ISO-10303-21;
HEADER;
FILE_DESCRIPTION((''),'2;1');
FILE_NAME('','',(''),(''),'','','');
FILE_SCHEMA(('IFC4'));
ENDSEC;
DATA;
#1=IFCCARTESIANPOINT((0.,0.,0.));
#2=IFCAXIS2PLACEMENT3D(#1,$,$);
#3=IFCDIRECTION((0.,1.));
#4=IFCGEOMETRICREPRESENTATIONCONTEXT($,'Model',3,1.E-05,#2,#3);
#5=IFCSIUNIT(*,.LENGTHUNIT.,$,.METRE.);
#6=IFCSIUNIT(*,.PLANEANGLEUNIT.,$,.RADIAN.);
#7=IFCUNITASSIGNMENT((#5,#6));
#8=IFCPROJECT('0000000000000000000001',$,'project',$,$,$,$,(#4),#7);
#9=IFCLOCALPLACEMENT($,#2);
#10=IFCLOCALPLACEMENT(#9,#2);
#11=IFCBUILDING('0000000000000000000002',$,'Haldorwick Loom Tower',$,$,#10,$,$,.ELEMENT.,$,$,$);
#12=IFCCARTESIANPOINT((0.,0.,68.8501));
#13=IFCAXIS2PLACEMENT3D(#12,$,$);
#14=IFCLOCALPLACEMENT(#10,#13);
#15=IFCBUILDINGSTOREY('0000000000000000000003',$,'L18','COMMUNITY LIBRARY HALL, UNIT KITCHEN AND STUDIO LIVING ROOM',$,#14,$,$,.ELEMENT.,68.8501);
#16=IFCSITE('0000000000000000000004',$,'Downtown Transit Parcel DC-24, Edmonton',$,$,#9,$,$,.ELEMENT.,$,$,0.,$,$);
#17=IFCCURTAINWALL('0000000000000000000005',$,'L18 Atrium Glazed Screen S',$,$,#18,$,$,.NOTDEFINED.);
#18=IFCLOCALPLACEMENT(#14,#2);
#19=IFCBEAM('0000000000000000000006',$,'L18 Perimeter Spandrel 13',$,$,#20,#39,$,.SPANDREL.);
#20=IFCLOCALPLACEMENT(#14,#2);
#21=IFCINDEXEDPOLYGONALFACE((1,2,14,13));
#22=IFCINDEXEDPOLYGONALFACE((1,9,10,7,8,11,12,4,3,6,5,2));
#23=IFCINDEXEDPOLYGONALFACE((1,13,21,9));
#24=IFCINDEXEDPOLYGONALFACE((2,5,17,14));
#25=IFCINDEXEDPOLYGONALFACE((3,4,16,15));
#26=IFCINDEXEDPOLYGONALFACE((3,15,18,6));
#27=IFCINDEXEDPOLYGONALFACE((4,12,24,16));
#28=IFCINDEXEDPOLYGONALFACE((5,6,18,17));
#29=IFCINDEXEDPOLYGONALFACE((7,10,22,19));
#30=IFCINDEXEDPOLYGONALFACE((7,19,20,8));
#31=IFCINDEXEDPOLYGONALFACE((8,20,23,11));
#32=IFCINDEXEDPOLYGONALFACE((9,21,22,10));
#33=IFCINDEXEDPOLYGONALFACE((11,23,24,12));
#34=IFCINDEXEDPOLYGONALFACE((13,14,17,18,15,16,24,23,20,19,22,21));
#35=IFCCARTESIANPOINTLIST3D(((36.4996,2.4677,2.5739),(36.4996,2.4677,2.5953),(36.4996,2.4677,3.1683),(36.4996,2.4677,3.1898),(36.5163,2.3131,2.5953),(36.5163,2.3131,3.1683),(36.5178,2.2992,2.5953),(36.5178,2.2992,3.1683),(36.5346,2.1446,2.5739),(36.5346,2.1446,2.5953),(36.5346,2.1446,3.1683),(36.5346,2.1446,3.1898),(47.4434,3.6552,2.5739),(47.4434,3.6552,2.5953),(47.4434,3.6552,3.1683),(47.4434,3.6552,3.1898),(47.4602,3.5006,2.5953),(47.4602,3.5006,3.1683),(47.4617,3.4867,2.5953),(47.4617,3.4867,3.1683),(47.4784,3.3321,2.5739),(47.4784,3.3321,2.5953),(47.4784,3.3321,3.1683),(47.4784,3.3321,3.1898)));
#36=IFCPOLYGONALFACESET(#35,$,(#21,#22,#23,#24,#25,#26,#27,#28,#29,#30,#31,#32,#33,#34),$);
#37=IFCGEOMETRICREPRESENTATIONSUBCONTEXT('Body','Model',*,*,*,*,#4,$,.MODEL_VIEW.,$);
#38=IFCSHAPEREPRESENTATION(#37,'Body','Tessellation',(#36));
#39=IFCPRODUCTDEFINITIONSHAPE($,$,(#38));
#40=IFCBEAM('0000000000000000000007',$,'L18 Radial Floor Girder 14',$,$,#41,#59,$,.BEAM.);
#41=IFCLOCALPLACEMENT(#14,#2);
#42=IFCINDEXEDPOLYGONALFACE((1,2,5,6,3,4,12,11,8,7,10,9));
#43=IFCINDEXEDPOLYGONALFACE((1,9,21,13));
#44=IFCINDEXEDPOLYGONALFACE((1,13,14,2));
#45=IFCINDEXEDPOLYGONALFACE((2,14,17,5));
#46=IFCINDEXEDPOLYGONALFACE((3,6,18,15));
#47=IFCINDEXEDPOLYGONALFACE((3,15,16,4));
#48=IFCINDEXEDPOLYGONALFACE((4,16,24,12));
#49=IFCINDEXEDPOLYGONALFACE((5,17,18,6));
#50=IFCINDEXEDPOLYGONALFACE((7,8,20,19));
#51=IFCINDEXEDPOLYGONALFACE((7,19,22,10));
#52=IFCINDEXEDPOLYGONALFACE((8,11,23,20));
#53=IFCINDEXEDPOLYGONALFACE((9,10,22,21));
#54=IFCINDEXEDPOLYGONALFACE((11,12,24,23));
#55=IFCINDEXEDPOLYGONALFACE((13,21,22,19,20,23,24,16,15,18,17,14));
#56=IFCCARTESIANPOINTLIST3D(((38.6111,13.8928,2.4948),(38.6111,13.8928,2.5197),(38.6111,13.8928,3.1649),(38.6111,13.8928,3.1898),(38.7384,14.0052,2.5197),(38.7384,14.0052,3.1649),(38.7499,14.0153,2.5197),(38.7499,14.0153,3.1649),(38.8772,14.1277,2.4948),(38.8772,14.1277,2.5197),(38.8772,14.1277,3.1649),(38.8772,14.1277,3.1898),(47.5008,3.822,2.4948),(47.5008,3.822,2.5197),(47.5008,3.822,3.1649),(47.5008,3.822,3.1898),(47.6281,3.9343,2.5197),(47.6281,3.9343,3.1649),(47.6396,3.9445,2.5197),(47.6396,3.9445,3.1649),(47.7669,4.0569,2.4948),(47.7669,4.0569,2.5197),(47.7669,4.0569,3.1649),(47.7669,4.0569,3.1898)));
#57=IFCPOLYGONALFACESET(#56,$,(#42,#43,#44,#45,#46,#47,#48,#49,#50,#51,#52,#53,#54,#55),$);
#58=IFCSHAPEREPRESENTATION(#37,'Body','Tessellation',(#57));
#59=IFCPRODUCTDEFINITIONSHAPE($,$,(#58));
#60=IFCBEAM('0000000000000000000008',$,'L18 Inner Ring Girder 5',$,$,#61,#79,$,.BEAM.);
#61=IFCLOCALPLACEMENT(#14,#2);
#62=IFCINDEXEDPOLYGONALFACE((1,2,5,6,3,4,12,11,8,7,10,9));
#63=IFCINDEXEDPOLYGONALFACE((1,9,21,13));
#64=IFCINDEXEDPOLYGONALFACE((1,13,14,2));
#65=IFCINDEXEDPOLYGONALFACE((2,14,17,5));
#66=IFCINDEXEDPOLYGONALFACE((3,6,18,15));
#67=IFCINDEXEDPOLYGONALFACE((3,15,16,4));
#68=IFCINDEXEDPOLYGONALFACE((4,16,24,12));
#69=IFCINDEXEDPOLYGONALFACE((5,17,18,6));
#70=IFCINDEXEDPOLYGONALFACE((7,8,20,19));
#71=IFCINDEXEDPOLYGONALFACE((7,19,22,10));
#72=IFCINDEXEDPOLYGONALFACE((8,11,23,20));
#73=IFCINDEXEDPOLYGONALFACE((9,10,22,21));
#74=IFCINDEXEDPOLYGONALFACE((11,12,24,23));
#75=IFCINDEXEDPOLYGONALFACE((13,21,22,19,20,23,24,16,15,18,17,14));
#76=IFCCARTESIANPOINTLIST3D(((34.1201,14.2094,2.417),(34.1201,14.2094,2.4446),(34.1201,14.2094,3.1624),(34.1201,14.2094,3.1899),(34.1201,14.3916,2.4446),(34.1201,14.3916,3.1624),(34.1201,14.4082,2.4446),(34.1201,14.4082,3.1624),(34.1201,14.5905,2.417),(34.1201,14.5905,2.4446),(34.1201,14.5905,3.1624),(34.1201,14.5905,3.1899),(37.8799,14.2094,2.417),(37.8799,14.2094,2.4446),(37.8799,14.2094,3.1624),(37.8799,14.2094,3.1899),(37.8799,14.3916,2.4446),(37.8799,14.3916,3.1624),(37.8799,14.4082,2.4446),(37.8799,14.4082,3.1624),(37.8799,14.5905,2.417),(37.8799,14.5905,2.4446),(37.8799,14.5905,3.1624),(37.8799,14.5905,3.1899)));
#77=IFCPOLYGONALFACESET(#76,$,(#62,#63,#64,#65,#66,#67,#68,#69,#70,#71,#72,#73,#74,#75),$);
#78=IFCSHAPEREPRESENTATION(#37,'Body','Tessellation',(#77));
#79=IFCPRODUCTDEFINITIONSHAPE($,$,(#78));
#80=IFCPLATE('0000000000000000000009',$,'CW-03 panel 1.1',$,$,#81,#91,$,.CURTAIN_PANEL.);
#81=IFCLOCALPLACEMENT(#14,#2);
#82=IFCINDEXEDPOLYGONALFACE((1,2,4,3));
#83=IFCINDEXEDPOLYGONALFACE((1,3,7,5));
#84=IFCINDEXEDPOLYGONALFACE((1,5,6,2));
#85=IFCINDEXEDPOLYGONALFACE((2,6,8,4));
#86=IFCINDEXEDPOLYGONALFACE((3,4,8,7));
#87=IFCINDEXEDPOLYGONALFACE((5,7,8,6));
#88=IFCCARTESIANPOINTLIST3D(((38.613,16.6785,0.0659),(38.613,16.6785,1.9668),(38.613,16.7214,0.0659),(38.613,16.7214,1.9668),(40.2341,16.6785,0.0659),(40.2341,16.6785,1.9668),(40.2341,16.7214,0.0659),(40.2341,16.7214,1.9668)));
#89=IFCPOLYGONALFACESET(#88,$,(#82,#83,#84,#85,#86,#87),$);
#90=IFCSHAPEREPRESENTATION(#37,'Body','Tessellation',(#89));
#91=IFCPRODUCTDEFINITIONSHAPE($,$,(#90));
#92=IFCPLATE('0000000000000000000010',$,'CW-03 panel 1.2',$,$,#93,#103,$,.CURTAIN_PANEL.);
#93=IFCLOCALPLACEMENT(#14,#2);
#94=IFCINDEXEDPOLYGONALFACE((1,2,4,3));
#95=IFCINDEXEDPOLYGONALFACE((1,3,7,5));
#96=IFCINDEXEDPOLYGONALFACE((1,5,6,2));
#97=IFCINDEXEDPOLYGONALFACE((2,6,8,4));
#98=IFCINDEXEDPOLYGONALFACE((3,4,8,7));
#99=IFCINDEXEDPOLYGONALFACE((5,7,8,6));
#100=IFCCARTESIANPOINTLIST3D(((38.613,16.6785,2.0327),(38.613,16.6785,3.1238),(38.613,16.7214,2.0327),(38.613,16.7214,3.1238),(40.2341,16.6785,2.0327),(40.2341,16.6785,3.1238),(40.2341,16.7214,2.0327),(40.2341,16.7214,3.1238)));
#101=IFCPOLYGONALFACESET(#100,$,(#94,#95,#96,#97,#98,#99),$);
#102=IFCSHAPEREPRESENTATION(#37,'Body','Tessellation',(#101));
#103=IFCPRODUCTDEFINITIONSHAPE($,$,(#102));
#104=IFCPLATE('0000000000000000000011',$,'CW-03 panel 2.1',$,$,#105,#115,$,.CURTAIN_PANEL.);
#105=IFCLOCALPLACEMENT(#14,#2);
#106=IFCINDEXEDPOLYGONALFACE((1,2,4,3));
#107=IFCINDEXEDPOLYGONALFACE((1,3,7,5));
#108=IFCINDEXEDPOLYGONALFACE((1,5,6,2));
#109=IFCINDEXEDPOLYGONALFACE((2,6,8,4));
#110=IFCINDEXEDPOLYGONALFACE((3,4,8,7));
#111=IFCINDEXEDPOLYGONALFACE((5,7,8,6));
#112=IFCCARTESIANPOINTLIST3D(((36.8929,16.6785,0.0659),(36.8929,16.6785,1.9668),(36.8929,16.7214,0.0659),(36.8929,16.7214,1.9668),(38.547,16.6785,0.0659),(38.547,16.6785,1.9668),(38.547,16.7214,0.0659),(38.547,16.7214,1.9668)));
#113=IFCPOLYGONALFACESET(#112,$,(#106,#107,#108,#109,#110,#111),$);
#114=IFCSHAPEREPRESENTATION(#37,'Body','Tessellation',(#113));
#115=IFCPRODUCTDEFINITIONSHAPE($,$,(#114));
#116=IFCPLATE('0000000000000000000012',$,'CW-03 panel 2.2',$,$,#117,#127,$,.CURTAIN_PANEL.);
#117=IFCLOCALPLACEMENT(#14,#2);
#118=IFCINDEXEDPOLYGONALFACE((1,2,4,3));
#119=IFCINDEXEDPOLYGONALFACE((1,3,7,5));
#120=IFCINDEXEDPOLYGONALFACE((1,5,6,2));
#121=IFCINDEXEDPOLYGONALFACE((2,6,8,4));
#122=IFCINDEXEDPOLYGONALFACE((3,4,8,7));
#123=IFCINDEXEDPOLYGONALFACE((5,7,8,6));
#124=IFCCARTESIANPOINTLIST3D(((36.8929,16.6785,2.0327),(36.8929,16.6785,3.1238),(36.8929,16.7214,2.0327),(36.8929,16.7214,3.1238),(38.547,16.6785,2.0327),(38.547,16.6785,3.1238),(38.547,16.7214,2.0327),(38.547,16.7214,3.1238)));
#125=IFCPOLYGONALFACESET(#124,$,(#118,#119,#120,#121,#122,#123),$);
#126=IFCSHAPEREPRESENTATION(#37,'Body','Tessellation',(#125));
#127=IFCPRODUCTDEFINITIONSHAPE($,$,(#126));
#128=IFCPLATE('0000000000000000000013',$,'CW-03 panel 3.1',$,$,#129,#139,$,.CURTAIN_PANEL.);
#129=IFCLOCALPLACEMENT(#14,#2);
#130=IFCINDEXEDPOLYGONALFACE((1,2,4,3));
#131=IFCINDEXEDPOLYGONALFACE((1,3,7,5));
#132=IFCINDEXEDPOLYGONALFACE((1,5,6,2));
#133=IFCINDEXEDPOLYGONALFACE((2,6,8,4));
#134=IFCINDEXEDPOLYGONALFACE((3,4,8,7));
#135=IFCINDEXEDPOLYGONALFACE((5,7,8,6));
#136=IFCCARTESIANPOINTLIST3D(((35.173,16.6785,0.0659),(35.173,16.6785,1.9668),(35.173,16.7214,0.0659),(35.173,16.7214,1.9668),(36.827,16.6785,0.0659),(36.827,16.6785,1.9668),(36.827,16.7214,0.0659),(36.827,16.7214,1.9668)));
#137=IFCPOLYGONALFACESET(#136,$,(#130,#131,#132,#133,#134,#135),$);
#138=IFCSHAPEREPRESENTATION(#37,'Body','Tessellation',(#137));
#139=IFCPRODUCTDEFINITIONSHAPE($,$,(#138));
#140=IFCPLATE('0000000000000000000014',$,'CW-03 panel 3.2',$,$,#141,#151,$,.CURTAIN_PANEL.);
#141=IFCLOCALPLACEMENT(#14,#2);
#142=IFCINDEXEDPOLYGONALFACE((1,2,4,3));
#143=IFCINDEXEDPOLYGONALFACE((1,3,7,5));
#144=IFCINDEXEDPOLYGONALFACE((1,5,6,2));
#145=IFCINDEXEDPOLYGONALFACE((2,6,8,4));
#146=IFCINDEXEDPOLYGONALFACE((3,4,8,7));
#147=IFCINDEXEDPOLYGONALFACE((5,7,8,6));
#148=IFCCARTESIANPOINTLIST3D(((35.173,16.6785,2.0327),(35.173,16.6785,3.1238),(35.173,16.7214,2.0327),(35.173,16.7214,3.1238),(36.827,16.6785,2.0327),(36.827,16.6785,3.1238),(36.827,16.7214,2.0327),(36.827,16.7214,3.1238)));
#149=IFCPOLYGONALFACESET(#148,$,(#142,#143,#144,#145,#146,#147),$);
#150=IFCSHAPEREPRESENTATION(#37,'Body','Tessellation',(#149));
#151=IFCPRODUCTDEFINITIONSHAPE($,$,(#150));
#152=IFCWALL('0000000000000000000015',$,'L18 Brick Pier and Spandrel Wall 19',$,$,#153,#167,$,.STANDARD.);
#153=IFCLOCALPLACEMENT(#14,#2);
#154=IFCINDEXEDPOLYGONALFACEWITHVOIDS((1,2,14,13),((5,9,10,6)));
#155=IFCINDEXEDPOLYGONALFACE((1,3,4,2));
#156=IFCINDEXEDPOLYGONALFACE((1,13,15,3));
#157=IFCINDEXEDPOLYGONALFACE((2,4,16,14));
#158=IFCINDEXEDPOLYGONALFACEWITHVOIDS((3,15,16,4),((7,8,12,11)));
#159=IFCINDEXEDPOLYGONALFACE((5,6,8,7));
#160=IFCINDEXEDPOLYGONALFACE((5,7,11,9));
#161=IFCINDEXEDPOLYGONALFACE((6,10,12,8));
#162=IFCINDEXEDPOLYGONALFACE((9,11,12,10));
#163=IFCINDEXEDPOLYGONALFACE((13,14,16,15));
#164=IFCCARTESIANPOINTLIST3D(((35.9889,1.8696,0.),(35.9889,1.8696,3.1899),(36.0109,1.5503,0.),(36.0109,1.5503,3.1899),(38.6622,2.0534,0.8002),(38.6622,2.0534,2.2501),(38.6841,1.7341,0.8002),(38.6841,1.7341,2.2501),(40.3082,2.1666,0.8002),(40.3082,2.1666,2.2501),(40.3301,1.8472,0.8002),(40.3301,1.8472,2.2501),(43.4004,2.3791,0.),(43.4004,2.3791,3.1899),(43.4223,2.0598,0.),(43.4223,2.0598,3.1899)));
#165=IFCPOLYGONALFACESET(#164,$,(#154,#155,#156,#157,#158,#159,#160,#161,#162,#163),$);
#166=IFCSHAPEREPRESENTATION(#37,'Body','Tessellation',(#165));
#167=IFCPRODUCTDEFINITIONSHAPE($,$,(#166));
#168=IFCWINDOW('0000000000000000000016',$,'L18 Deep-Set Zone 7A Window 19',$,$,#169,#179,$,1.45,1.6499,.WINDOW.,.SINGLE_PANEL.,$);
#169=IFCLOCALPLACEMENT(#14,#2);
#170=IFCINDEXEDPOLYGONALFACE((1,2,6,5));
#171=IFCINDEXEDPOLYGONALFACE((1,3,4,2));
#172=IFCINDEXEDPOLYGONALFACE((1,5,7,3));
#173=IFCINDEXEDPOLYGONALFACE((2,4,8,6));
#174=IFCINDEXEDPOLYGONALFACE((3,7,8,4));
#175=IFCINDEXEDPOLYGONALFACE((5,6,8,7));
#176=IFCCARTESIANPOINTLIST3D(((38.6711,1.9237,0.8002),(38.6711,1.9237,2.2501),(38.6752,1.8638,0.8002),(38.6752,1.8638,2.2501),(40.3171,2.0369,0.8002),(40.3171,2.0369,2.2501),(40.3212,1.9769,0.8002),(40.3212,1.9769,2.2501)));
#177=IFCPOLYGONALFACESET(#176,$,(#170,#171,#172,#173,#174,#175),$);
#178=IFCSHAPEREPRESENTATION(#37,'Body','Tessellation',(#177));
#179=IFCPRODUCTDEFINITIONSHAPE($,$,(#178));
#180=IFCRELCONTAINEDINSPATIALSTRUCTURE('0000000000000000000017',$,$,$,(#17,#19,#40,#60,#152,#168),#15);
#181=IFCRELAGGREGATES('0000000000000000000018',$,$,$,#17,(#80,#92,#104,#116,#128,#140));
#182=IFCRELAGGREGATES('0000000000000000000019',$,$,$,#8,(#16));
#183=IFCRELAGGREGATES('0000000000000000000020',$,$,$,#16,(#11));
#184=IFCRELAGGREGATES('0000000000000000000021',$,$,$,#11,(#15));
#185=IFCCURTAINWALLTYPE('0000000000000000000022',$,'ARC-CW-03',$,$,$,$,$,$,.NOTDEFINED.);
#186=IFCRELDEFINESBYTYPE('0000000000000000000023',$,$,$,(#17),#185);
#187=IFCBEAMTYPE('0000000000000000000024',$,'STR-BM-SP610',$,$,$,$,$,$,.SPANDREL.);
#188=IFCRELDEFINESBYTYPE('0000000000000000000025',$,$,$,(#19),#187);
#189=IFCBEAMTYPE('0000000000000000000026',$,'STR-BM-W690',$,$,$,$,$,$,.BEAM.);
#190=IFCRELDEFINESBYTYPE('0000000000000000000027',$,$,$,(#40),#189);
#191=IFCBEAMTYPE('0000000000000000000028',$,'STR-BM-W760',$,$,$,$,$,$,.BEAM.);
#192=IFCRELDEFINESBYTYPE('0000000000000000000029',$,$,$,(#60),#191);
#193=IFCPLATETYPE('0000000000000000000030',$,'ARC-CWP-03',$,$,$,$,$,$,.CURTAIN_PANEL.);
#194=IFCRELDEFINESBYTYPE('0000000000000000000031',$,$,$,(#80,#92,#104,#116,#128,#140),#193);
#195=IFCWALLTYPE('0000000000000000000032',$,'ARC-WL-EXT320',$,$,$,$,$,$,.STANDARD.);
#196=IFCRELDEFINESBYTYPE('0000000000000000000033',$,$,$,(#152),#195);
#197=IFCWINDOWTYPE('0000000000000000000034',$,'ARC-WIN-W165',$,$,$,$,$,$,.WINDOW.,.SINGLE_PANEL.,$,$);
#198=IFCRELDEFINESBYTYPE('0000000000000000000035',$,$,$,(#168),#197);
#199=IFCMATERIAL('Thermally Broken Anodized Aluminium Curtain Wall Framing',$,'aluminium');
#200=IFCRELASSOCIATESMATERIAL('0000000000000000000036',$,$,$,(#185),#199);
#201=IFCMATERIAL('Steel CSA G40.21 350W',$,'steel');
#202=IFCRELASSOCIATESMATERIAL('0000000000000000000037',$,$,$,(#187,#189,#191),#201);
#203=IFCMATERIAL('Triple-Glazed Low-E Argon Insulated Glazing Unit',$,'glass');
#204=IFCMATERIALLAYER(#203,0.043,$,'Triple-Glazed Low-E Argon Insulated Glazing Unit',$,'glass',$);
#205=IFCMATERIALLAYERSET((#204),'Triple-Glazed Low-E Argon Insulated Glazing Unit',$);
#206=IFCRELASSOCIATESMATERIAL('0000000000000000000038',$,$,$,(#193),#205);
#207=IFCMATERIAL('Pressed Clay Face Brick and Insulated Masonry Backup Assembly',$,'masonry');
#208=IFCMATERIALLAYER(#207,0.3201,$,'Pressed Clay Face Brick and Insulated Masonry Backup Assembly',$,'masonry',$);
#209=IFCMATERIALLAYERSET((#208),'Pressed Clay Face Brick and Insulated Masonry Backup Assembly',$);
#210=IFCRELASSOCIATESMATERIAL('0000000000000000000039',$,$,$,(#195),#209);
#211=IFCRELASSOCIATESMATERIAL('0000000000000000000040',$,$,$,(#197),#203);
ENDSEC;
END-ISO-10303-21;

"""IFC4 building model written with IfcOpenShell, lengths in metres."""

from ifc_helpers import new_model, si_unit, direction, frame, frame_2d, origin, origin_2d, place, context, subcontext, project, spatial, rectangle, i_section, extrude, material, layer, layer_set, material_profile, profile_set, type_object, element, fill, aggregate, save


model = new_model("IFC4")

# Units and contexts
model_context = context("Model", 3, precision=1e-05, world=origin(), true_north=direction((0.0, 1.0)))
body_context = subcontext(model_context, "Body", "Model", "MODEL_VIEW")
ifc_project = project(units=[si_unit("LENGTHUNIT", "METRE"), si_unit("PLANEANGLEUNIT", "RADIAN")], contexts=[model_context])

# Site, building, storey
site_placement = place(None, origin())
site = spatial("IfcSite", under=ifc_project, at=site_placement, Name="Downtown Transit Parcel DC-24, Edmonton", CompositionType="ELEMENT", RefElevation=0.0)
building_placement = place(site_placement, origin())
building = spatial("IfcBuilding", under=site, at=building_placement, Name="Haldorwick Loom Tower", CompositionType="ELEMENT")
storey_placement = place(building_placement, frame((0.0, 0.0, 68.8501)))
storey = spatial("IfcBuildingStorey", under=building, at=storey_placement, Name="L18", Description="COMMUNITY LIBRARY HALL, UNIT KITCHEN AND STUDIO LIVING ROOM", CompositionType="ELEMENT", Elevation=68.8501)

# Curtain wall
ifc_material_1 = material(Name="Thermally Broken Anodized Aluminium Curtain Wall Framing", Category="aluminium")
curtain_wall_type = type_object("IfcCurtainWallType", Name="ARC-CW-03", PredefinedType="NOTDEFINED", material=ifc_material_1)
curtain_wall_placement = place(storey_placement, origin())
curtain_wall = element("IfcCurtainWall", 1, at=curtain_wall_placement, inside=storey, type_object=curtain_wall_type, Name="L18 Atrium Glazed Screen S", PredefinedType="NOTDEFINED")

# Beams
ifc_material_2 = material(Name="Steel CSA G40.21 350W", Category="steel")
ifc_material_profile_1 = material_profile(ifc_material_2, i_section(OverallWidth=0.325, OverallDepth=0.616, WebThickness=0.0139, FlangeThickness=0.0215, at=origin_2d()), Name="W610X174", Category="steel")
ifc_profile_set_1 = profile_set([ifc_material_profile_1], Name="Steel CSA G40.21 350W")
beam_type_1 = type_object("IfcBeamType", Name="STR-BM-SP610", PredefinedType="SPANDREL", material=ifc_profile_set_1)
beam_1_placement = place(storey_placement, frame((36.5171, 2.3062, 2.8818), z_axis=(0.994164, 0.107875, 0.0), x_axis=(-0.107875, 0.994164, 0.0)))
element("IfcBeam", 2, at=beam_1_placement, inside=storey, type_object=beam_type_1, Name="L18 Perimeter Spandrel 13", PredefinedType="SPANDREL", context=body_context, shape_type="SweptSolid", body=[
    extrude(i_section(OverallWidth=0.325, OverallDepth=0.616, WebThickness=0.0139, FlangeThickness=0.0215, at=origin_2d()), origin(), (0.0, 0.0, 1.0), 11.0081),
])
ifc_material_profile_2 = material_profile(ifc_material_2, i_section(OverallWidth=0.355, OverallDepth=0.6951, WebThickness=0.0154, FlangeThickness=0.0249, at=origin_2d()), Name="W690X217", Category="steel")
ifc_profile_set_2 = profile_set([ifc_material_profile_2], Name="Steel CSA G40.21 350W")
beam_type_2 = type_object("IfcBeamType", Name="STR-BM-W690", PredefinedType="BEAM", material=ifc_profile_set_2)
beam_2_placement = place(storey_placement, frame((38.7441, 14.0103, 2.8423), z_axis=(0.661774, -0.749703, 0.0), x_axis=(0.749703, 0.661774, 0.0)))
element("IfcBeam", 3, at=beam_2_placement, inside=storey, type_object=beam_type_2, Name="L18 Radial Floor Girder 14", PredefinedType="BEAM", context=body_context, shape_type="SweptSolid", body=[
    extrude(i_section(OverallWidth=0.355, OverallDepth=0.6951, WebThickness=0.0154, FlangeThickness=0.0249, at=origin_2d()), origin(), (0.0, 0.0, 1.0), 13.4331),
])
ifc_material_profile_3 = material_profile(ifc_material_2, i_section(OverallWidth=0.3811, OverallDepth=0.7729, WebThickness=0.0166, FlangeThickness=0.0276, at=origin_2d()), Name="W760X257", Category="steel")
ifc_profile_set_3 = profile_set([ifc_material_profile_3], Name="Steel CSA G40.21 350W")
beam_type_3 = type_object("IfcBeamType", Name="STR-BM-W760", PredefinedType="BEAM", material=ifc_profile_set_3)
beam_3_placement = place(storey_placement, frame((37.8799, 14.3999, 2.8035), z_axis=(-1.0, 0.0, 0.0), x_axis=(0.0, -1.0, 0.0)))
element("IfcBeam", 4, at=beam_3_placement, inside=storey, type_object=beam_type_3, Name="L18 Inner Ring Girder 5", PredefinedType="BEAM", context=body_context, shape_type="SweptSolid", body=[
    extrude(i_section(OverallWidth=0.3811, OverallDepth=0.7729, WebThickness=0.0166, FlangeThickness=0.0276, at=origin_2d()), origin(), (0.0, 0.0, 1.0), 3.7598),
])

# Plates
ifc_material_3 = material(Name="Triple-Glazed Low-E Argon Insulated Glazing Unit", Category="glass")
ifc_layer_1 = layer(ifc_material_3, 0.043, Name="Triple-Glazed Low-E Argon Insulated Glazing Unit", Category="glass")
ifc_layer_set_1 = layer_set([ifc_layer_1], Name="Triple-Glazed Low-E Argon Insulated Glazing Unit")
plate_type = type_object("IfcPlateType", Name="ARC-CWP-03", PredefinedType="CURTAIN_PANEL", material=ifc_layer_set_1)
plate_1_placement = place(storey_placement, frame((39.4236, 16.7, 0.0659), z_axis=(0.0, 0.0, 1.0), x_axis=(-1.0, 0.0, 0.0)))
plate_1 = element("IfcPlate", 5, at=plate_1_placement, type_object=plate_type, Name="CW-03 panel 1.1", PredefinedType="CURTAIN_PANEL", context=body_context, shape_type="SweptSolid", body=[
    extrude(rectangle(XDim=1.6211, YDim=0.043, at=origin_2d()), origin(), (0.0, 0.0, 1.0), 1.9009),
])
plate_2_placement = place(storey_placement, frame((39.4236, 16.7, 2.0327), z_axis=(0.0, 0.0, 1.0), x_axis=(-1.0, 0.0, 0.0)))
plate_2 = element("IfcPlate", 6, at=plate_2_placement, type_object=plate_type, Name="CW-03 panel 1.2", PredefinedType="CURTAIN_PANEL", context=body_context, shape_type="SweptSolid", body=[
    extrude(rectangle(XDim=1.6211, YDim=0.043, at=origin_2d()), origin(), (0.0, 0.0, 1.0), 1.0911),
])
plate_3_placement = place(storey_placement, frame((37.72, 16.7, 0.0659), z_axis=(0.0, 0.0, 1.0), x_axis=(-1.0, 0.0, 0.0)))
plate_3 = element("IfcPlate", 7, at=plate_3_placement, type_object=plate_type, Name="CW-03 panel 2.1", PredefinedType="CURTAIN_PANEL", context=body_context, shape_type="SweptSolid", body=[
    extrude(rectangle(XDim=1.6541, YDim=0.043, at=origin_2d()), origin(), (0.0, 0.0, 1.0), 1.9009),
])
plate_4_placement = place(storey_placement, frame((37.72, 16.7, 2.0327), z_axis=(0.0, 0.0, 1.0), x_axis=(-1.0, 0.0, 0.0)))
plate_4 = element("IfcPlate", 8, at=plate_4_placement, type_object=plate_type, Name="CW-03 panel 2.2", PredefinedType="CURTAIN_PANEL", context=body_context, shape_type="SweptSolid", body=[
    extrude(rectangle(XDim=1.6541, YDim=0.043, at=origin_2d()), origin(), (0.0, 0.0, 1.0), 1.0911),
])
plate_5_placement = place(storey_placement, frame((36.0, 16.7, 0.0659), z_axis=(0.0, 0.0, 1.0), x_axis=(-1.0, 0.0, 0.0)))
plate_5 = element("IfcPlate", 9, at=plate_5_placement, type_object=plate_type, Name="CW-03 panel 3.1", PredefinedType="CURTAIN_PANEL", context=body_context, shape_type="SweptSolid", body=[
    extrude(rectangle(XDim=1.6541, YDim=0.043, at=origin_2d()), origin(), (0.0, 0.0, 1.0), 1.9009),
])
plate_6_placement = place(storey_placement, frame((36.0, 16.7, 2.0327), z_axis=(0.0, 0.0, 1.0), x_axis=(-1.0, 0.0, 0.0)))
plate_6 = element("IfcPlate", 10, at=plate_6_placement, type_object=plate_type, Name="CW-03 panel 3.2", PredefinedType="CURTAIN_PANEL", context=body_context, shape_type="SweptSolid", body=[
    extrude(rectangle(XDim=1.6541, YDim=0.043, at=origin_2d()), origin(), (0.0, 0.0, 1.0), 1.0911),
])
aggregate(curtain_wall, [plate_1, plate_2, plate_3, plate_4, plate_5, plate_6])

# Wall, opening, window
ifc_material_4 = material(Name="Pressed Clay Face Brick and Insulated Masonry Backup Assembly", Category="masonry")
ifc_layer_2 = layer(ifc_material_4, 0.3201, Name="Pressed Clay Face Brick and Insulated Masonry Backup Assembly", Category="masonry")
ifc_layer_set_2 = layer_set([ifc_layer_2], Name="Pressed Clay Face Brick and Insulated Masonry Backup Assembly")
wall_type_1 = type_object("IfcWallType", Name="ARC-WL-EXT320", PredefinedType="STANDARD", material=ifc_layer_set_2)
wall_1_placement = place(storey_placement, frame((36.0, 1.71, 0.0), z_axis=(0.0, 0.0, 1.0), x_axis=(0.997645, 0.068587, 0.0)))
wall_1 = element("IfcWall", 11, at=wall_1_placement, inside=storey, type_object=wall_type_1, Name="L18 Brick Pier and Spandrel Wall 19", PredefinedType="STANDARD", context=body_context, shape_type="SweptSolid", body=[
    extrude(rectangle(XDim=7.429, YDim=0.3201, at=frame_2d((3.7144, 0.0))), origin(), (0.0, 0.0, 1.0), 3.1899),
])
opening_placement = place(wall_1_placement, frame((2.6794, 0.0, 0.8)))
opening = element("IfcOpeningElement", 12, at=opening_placement, cuts=wall_1, PredefinedType="OPENING", context=body_context, shape_type="SweptSolid", body=[
    extrude(rectangle(XDim=1.6499, YDim=1.45, at=frame_2d((0.825, 0.7251))), frame((0.0, 0.1699, 0.0), z_axis=(0.0, -1.0, 0.0), x_axis=(1.0, 0.0, 0.0)), (0.0, 0.0, 1.0), 0.3401),
])
window_type = type_object("IfcWindowType", Name="ARC-WIN-W165", PartitioningType="SINGLE_PANEL", PredefinedType="WINDOW", material=ifc_material_3)
window_placement = place(opening_placement, origin())
window = element("IfcWindow", 13, at=window_placement, inside=storey, type_object=window_type, Name="L18 Deep-Set Zone 7A Window 19", OverallHeight=1.45, OverallWidth=1.6499, PartitioningType="SINGLE_PANEL", PredefinedType="WINDOW", context=body_context, shape_type="SweptSolid", body=[
    extrude(rectangle(XDim=1.6499, YDim=1.45, at=frame_2d((0.825, 0.7251))), frame((0.0, 0.03, 0.0), z_axis=(0.0, -1.0, 0.0), x_axis=(1.0, 0.0, 0.0)), (0.0, 0.0, 1.0), 0.0601),
])
fill(opening, window)

save(model, "model.ifc")
